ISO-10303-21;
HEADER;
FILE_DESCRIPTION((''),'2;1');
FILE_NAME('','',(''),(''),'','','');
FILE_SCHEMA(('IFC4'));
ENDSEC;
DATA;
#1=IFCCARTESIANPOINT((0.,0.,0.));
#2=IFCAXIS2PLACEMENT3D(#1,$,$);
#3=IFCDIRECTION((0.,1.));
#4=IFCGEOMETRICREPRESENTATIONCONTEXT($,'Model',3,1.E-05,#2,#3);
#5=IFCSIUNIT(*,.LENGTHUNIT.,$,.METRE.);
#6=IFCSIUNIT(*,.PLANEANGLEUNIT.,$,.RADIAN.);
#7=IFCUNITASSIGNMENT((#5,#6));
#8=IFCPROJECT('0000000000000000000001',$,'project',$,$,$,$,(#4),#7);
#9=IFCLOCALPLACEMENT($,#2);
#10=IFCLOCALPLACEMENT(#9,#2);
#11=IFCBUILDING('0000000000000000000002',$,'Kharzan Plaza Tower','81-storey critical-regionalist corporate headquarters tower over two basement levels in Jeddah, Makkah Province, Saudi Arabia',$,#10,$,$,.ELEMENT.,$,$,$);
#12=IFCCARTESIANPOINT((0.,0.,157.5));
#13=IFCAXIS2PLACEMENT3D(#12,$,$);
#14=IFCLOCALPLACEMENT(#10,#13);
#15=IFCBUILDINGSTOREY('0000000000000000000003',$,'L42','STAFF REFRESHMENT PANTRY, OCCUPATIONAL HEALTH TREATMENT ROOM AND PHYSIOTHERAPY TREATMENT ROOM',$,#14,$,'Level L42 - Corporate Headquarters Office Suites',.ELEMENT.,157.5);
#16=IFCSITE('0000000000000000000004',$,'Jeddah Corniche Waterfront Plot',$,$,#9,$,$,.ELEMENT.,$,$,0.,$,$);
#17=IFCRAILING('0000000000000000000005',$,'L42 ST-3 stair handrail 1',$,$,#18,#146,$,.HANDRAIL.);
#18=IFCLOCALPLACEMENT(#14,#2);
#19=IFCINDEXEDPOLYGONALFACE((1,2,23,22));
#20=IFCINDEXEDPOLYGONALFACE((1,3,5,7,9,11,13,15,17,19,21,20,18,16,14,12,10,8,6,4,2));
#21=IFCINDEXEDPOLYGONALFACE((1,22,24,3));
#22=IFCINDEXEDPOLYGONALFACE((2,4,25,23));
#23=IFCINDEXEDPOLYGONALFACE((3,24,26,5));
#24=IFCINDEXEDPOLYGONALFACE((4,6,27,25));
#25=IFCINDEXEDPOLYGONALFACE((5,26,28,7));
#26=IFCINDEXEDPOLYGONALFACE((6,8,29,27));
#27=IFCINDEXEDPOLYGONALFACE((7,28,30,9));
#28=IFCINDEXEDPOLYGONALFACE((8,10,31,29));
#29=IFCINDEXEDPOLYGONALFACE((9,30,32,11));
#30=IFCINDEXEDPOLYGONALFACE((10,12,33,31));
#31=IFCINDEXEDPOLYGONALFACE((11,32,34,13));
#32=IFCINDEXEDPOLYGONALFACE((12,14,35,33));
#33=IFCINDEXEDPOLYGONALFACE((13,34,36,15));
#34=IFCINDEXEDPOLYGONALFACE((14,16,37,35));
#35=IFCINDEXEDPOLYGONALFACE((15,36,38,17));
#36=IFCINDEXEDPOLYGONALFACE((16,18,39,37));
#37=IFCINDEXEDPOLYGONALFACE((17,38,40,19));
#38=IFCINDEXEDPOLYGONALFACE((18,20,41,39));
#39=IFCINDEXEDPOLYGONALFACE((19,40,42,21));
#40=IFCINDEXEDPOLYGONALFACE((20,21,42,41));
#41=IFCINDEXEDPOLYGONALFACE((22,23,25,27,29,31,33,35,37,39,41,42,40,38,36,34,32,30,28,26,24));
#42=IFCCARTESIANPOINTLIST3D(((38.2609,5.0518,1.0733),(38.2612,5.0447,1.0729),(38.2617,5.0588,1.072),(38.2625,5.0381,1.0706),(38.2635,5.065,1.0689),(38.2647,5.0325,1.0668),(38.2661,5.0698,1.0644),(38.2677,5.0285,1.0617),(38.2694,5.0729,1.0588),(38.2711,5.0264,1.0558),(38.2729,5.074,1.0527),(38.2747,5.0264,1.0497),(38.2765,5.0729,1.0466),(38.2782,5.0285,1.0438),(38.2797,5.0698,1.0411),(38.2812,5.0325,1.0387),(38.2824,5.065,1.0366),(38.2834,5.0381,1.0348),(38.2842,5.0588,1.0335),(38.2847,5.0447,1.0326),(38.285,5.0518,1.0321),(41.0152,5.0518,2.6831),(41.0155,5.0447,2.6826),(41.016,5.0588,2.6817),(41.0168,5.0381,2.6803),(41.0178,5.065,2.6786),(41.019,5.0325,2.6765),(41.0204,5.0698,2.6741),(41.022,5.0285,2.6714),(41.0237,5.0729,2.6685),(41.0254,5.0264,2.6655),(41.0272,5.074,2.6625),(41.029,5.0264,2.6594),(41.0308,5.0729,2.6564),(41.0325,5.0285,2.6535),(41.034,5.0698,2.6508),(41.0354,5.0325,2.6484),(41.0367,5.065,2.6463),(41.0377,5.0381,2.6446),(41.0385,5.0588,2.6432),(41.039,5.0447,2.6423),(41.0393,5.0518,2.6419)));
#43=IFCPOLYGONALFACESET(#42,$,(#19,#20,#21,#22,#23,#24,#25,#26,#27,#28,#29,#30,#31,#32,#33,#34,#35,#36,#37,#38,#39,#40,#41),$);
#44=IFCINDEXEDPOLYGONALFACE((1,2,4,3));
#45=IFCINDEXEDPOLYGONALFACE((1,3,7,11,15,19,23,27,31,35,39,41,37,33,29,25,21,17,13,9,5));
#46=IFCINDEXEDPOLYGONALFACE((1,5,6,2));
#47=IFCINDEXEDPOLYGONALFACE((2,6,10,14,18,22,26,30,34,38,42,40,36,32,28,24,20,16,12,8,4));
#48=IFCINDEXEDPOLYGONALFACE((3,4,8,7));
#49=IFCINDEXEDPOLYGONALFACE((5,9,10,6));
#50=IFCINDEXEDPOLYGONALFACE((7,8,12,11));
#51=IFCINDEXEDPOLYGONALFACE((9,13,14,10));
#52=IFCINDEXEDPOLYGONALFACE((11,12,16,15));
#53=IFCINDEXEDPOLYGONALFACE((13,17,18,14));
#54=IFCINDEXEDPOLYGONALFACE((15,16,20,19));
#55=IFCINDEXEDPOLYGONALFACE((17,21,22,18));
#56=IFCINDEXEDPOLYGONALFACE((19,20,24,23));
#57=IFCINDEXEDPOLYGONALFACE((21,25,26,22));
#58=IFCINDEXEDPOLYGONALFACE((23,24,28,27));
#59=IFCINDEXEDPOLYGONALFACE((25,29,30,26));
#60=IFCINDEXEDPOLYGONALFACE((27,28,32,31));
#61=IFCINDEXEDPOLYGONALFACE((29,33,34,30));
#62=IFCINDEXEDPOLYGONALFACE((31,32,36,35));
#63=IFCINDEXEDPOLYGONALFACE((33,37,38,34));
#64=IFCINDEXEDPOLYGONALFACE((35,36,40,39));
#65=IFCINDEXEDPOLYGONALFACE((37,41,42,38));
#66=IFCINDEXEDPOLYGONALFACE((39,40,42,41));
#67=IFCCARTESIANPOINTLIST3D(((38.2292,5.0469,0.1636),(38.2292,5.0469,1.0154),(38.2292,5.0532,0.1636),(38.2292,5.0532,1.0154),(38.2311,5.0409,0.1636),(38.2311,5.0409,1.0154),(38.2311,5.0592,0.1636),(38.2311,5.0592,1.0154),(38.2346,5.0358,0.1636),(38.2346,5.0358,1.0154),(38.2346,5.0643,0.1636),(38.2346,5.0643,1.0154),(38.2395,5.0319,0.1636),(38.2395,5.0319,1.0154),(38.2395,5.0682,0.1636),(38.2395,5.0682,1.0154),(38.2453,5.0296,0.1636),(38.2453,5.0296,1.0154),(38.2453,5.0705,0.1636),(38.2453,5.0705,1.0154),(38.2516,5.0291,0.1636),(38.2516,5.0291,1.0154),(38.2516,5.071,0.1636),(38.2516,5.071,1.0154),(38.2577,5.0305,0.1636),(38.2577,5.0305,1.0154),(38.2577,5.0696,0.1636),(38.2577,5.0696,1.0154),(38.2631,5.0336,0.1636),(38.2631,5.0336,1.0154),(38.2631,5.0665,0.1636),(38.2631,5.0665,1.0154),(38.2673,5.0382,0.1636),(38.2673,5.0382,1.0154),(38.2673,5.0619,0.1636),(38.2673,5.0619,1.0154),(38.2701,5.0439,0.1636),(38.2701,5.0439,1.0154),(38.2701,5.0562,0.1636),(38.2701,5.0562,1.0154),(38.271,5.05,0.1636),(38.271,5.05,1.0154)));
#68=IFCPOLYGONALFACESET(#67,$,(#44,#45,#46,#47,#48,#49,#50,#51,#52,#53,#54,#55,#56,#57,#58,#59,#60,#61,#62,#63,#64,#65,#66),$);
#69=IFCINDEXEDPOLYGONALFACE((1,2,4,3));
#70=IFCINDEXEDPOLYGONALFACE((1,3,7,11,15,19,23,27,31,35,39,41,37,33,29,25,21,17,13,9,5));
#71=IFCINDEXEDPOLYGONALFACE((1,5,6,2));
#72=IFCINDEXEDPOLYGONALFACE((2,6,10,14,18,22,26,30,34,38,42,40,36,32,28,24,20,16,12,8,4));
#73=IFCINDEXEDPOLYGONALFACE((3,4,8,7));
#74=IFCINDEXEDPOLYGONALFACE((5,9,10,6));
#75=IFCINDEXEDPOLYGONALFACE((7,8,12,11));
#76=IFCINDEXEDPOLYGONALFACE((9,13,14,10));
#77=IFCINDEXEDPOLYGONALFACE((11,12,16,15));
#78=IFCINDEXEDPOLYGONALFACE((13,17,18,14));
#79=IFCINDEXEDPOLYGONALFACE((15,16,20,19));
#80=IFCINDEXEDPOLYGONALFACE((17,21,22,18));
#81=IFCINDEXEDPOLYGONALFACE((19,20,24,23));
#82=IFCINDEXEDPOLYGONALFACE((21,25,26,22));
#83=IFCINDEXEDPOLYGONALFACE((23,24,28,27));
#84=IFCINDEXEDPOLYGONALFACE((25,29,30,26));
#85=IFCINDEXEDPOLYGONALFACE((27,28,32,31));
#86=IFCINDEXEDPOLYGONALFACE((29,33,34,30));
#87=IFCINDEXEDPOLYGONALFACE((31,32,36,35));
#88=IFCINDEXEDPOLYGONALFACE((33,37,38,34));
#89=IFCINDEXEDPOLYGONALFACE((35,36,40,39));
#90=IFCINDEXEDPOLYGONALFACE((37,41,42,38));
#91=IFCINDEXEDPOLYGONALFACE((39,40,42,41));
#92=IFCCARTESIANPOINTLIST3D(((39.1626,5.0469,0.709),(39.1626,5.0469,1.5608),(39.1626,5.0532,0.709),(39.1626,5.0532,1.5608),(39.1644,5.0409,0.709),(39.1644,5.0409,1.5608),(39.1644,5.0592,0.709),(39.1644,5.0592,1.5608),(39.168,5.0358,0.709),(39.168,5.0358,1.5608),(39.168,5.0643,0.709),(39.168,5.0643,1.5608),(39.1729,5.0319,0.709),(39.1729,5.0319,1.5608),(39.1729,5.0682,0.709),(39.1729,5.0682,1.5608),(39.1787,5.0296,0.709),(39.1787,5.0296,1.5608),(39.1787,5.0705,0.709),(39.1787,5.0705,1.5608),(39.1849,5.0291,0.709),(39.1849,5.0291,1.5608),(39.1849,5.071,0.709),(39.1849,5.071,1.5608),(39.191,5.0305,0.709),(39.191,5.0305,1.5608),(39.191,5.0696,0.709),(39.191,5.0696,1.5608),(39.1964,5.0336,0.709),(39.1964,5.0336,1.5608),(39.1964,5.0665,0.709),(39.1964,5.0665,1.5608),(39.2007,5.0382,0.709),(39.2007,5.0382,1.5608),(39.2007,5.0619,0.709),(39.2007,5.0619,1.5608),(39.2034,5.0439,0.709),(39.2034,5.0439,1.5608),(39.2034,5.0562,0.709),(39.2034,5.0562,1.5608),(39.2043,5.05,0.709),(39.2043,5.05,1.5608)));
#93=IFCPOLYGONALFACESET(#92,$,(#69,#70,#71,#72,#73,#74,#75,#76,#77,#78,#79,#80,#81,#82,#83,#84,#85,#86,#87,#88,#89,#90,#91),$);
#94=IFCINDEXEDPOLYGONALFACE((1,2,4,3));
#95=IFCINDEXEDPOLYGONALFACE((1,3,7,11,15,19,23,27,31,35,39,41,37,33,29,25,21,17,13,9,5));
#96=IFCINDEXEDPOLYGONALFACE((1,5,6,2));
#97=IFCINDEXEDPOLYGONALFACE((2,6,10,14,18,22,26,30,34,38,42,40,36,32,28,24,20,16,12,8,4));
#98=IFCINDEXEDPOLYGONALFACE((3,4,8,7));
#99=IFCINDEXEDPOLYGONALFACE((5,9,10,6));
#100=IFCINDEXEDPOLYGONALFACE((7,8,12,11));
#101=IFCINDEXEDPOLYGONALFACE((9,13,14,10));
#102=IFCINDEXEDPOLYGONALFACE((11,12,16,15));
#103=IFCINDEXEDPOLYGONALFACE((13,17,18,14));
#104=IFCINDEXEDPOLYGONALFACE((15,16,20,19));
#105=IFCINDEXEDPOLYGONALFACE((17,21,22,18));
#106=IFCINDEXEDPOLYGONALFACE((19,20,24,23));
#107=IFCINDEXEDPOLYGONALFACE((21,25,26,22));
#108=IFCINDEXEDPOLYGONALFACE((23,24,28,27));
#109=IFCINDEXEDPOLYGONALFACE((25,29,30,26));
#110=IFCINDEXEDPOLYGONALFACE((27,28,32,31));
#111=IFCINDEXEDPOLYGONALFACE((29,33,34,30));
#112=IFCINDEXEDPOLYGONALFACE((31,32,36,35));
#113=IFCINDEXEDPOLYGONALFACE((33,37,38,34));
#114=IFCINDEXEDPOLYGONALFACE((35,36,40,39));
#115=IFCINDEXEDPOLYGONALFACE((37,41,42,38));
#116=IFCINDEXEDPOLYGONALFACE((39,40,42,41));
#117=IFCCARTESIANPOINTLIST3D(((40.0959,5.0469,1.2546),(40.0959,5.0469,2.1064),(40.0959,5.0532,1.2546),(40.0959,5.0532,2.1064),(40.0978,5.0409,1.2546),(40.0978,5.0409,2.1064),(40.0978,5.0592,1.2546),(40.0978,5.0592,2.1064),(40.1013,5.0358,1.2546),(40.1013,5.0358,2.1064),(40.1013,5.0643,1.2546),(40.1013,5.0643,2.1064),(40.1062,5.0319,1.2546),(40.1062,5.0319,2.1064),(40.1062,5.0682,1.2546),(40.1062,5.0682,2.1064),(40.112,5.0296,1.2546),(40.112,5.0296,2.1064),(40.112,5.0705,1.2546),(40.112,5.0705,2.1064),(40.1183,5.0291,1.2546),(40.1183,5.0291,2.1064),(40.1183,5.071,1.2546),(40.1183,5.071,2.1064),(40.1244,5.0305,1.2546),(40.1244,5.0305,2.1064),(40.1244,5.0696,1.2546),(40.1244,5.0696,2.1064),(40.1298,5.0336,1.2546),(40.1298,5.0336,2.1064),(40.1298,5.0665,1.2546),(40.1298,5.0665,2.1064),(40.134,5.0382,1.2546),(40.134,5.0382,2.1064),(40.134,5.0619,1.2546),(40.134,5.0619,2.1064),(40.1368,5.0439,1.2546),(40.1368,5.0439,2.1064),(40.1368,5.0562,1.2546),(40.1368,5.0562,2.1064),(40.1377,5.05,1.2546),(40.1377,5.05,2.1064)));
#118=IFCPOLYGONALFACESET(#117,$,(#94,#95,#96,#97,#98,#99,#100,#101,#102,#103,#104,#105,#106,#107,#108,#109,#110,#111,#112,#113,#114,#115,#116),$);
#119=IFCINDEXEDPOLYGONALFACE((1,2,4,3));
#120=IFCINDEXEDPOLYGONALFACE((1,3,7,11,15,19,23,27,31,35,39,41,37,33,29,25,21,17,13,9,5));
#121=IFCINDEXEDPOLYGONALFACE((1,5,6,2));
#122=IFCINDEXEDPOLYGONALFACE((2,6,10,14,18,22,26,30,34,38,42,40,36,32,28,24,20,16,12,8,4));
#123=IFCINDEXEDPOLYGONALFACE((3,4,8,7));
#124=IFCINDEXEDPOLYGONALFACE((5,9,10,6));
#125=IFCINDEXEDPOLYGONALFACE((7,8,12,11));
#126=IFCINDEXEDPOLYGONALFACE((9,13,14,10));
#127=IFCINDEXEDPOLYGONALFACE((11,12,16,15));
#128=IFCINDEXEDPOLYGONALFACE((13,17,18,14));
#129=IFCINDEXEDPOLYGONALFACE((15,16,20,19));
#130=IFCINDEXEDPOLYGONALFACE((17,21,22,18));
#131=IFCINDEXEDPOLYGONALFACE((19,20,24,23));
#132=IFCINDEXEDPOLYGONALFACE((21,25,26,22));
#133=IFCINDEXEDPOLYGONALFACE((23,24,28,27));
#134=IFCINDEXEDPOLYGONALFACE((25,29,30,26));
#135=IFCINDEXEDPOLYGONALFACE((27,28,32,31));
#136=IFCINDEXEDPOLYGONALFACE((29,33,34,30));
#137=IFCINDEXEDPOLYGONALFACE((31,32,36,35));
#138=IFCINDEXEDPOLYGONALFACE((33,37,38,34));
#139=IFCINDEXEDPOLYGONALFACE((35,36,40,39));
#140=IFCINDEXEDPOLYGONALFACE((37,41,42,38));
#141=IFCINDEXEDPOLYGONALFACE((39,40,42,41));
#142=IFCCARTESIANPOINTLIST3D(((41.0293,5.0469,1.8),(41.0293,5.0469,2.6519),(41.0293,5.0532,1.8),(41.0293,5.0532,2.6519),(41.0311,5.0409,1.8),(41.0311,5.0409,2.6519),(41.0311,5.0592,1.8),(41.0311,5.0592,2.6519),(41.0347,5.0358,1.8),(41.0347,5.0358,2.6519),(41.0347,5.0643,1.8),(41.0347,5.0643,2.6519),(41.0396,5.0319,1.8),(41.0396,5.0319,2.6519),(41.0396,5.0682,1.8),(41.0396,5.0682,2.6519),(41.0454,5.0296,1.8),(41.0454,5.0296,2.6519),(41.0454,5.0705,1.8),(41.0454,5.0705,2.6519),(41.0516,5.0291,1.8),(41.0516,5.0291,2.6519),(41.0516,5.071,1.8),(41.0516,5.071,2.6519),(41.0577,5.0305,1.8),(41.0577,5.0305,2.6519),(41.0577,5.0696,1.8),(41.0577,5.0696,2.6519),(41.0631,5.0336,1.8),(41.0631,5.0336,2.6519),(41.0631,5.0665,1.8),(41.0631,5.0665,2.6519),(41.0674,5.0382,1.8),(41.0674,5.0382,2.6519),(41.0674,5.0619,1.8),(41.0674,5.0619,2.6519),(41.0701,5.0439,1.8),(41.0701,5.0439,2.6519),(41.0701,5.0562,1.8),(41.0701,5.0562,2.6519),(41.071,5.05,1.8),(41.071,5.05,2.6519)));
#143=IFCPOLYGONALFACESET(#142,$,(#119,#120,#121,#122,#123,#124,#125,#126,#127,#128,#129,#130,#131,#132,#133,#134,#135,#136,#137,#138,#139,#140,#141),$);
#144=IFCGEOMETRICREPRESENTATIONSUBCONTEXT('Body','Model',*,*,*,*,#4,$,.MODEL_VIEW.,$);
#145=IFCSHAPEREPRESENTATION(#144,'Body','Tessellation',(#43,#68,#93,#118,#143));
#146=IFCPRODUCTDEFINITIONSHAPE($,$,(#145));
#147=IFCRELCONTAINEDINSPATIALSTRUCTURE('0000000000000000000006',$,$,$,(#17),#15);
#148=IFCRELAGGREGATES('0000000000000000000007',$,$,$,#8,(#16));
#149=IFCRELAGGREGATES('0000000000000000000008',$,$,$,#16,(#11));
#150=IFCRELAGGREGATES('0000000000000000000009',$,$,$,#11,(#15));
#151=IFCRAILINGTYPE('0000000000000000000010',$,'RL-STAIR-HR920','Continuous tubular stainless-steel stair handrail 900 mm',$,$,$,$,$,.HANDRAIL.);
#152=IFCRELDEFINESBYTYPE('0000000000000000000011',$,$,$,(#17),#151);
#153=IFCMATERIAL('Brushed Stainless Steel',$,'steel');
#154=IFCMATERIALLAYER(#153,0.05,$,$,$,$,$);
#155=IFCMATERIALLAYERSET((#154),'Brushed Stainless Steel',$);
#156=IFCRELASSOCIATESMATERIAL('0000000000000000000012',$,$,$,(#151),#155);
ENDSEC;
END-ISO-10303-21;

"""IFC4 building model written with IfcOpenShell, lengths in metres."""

from ifc_helpers import new_model, si_unit, direction, frame, origin, origin_2d, place, context, subcontext, project, spatial, circle, extrude, source, transform, mapped, material, layer, layer_set, type_object, element, save


model = new_model("IFC4")

# Units and contexts
model_context = context("Model", 3, precision=1e-05, world=origin(), true_north=direction((0.0, 1.0)))
body_context = subcontext(model_context, "Body", "Model", "MODEL_VIEW")
ifc_project = project(units=[si_unit("LENGTHUNIT", "METRE"), si_unit("PLANEANGLEUNIT", "RADIAN")], contexts=[model_context])

# Site, building, storey
site_placement = place(None, origin())
site = spatial("IfcSite", under=ifc_project, at=site_placement, Name="Jeddah Corniche Waterfront Plot", CompositionType="ELEMENT", RefElevation=0.0)
building_placement = place(site_placement, origin())
building = spatial("IfcBuilding", under=site, at=building_placement, Name="Kharzan Plaza Tower", Description="81-storey critical-regionalist corporate headquarters tower over two basement levels in Jeddah, Makkah Province, Saudi Arabia", CompositionType="ELEMENT")
storey_placement = place(building_placement, frame((0.0, 0.0, 157.5)))
storey = spatial("IfcBuildingStorey", under=building, at=storey_placement, Name="L42", Description="STAFF REFRESHMENT PANTRY, OCCUPATIONAL HEALTH TREATMENT ROOM AND PHYSIOTHERAPY TREATMENT ROOM", LongName="Level L42 - Corporate Headquarters Office Suites", CompositionType="ELEMENT", Elevation=157.5)

# Railing
ifc_material_1 = material(Name="Brushed Stainless Steel", Category="steel")
ifc_layer_1 = layer(ifc_material_1, 0.05)
ifc_layer_set_1 = layer_set([ifc_layer_1], Name="Brushed Stainless Steel")
railing_type_1 = type_object("IfcRailingType", Name="RL-STAIR-HR920", Description="Continuous tubular stainless-steel stair handrail 900 mm", PredefinedType="HANDRAIL", material=ifc_layer_set_1)
shared_shape_1 = source(origin(), body_context, "Body", "SweptSolid", [
    extrude(circle(Radius=0.0239, at=origin_2d()), frame((0.0229, 0.0, 0.8892), z_axis=(0.863361, 0.0, 0.504587), x_axis=(0.0, 1.0, 0.0)), (0.0, 0.0, 1.0), 3.1902),
    extrude(circle(Radius=0.021, at=origin_2d()), origin(), (0.0, 0.0, 1.0), 0.8518),
    extrude(circle(Radius=0.021, at=origin_2d()), frame((0.9333, 0.0, 0.5454)), (0.0, 0.0, 1.0), 0.8518),
    extrude(circle(Radius=0.021, at=origin_2d()), frame((1.8667, 0.0, 1.0911)), (0.0, 0.0, 1.0), 0.8518),
    extrude(circle(Radius=0.021, at=origin_2d()), frame((2.8, 0.0, 1.6365)), (0.0, 0.0, 1.0), 0.8518),
])
railing_1_placement = place(storey_placement, frame((38.25, 5.05, 0.1636)))
element("IfcRailing", 1, at=railing_1_placement, inside=storey, type_object=railing_type_1, Name="L42 ST-3 stair handrail 1", PredefinedType="HANDRAIL", context=body_context, shape_type="MappedRepresentation", body=[
    mapped(shared_shape_1, transform((0.0, 0.0, 0.0), x_axis=(1.0, 0.0, 0.0), y_axis=(0.0, 1.0, 0.0), z_axis=(0.0, 0.0, 1.0))),
])

save(model, "model.ifc")
